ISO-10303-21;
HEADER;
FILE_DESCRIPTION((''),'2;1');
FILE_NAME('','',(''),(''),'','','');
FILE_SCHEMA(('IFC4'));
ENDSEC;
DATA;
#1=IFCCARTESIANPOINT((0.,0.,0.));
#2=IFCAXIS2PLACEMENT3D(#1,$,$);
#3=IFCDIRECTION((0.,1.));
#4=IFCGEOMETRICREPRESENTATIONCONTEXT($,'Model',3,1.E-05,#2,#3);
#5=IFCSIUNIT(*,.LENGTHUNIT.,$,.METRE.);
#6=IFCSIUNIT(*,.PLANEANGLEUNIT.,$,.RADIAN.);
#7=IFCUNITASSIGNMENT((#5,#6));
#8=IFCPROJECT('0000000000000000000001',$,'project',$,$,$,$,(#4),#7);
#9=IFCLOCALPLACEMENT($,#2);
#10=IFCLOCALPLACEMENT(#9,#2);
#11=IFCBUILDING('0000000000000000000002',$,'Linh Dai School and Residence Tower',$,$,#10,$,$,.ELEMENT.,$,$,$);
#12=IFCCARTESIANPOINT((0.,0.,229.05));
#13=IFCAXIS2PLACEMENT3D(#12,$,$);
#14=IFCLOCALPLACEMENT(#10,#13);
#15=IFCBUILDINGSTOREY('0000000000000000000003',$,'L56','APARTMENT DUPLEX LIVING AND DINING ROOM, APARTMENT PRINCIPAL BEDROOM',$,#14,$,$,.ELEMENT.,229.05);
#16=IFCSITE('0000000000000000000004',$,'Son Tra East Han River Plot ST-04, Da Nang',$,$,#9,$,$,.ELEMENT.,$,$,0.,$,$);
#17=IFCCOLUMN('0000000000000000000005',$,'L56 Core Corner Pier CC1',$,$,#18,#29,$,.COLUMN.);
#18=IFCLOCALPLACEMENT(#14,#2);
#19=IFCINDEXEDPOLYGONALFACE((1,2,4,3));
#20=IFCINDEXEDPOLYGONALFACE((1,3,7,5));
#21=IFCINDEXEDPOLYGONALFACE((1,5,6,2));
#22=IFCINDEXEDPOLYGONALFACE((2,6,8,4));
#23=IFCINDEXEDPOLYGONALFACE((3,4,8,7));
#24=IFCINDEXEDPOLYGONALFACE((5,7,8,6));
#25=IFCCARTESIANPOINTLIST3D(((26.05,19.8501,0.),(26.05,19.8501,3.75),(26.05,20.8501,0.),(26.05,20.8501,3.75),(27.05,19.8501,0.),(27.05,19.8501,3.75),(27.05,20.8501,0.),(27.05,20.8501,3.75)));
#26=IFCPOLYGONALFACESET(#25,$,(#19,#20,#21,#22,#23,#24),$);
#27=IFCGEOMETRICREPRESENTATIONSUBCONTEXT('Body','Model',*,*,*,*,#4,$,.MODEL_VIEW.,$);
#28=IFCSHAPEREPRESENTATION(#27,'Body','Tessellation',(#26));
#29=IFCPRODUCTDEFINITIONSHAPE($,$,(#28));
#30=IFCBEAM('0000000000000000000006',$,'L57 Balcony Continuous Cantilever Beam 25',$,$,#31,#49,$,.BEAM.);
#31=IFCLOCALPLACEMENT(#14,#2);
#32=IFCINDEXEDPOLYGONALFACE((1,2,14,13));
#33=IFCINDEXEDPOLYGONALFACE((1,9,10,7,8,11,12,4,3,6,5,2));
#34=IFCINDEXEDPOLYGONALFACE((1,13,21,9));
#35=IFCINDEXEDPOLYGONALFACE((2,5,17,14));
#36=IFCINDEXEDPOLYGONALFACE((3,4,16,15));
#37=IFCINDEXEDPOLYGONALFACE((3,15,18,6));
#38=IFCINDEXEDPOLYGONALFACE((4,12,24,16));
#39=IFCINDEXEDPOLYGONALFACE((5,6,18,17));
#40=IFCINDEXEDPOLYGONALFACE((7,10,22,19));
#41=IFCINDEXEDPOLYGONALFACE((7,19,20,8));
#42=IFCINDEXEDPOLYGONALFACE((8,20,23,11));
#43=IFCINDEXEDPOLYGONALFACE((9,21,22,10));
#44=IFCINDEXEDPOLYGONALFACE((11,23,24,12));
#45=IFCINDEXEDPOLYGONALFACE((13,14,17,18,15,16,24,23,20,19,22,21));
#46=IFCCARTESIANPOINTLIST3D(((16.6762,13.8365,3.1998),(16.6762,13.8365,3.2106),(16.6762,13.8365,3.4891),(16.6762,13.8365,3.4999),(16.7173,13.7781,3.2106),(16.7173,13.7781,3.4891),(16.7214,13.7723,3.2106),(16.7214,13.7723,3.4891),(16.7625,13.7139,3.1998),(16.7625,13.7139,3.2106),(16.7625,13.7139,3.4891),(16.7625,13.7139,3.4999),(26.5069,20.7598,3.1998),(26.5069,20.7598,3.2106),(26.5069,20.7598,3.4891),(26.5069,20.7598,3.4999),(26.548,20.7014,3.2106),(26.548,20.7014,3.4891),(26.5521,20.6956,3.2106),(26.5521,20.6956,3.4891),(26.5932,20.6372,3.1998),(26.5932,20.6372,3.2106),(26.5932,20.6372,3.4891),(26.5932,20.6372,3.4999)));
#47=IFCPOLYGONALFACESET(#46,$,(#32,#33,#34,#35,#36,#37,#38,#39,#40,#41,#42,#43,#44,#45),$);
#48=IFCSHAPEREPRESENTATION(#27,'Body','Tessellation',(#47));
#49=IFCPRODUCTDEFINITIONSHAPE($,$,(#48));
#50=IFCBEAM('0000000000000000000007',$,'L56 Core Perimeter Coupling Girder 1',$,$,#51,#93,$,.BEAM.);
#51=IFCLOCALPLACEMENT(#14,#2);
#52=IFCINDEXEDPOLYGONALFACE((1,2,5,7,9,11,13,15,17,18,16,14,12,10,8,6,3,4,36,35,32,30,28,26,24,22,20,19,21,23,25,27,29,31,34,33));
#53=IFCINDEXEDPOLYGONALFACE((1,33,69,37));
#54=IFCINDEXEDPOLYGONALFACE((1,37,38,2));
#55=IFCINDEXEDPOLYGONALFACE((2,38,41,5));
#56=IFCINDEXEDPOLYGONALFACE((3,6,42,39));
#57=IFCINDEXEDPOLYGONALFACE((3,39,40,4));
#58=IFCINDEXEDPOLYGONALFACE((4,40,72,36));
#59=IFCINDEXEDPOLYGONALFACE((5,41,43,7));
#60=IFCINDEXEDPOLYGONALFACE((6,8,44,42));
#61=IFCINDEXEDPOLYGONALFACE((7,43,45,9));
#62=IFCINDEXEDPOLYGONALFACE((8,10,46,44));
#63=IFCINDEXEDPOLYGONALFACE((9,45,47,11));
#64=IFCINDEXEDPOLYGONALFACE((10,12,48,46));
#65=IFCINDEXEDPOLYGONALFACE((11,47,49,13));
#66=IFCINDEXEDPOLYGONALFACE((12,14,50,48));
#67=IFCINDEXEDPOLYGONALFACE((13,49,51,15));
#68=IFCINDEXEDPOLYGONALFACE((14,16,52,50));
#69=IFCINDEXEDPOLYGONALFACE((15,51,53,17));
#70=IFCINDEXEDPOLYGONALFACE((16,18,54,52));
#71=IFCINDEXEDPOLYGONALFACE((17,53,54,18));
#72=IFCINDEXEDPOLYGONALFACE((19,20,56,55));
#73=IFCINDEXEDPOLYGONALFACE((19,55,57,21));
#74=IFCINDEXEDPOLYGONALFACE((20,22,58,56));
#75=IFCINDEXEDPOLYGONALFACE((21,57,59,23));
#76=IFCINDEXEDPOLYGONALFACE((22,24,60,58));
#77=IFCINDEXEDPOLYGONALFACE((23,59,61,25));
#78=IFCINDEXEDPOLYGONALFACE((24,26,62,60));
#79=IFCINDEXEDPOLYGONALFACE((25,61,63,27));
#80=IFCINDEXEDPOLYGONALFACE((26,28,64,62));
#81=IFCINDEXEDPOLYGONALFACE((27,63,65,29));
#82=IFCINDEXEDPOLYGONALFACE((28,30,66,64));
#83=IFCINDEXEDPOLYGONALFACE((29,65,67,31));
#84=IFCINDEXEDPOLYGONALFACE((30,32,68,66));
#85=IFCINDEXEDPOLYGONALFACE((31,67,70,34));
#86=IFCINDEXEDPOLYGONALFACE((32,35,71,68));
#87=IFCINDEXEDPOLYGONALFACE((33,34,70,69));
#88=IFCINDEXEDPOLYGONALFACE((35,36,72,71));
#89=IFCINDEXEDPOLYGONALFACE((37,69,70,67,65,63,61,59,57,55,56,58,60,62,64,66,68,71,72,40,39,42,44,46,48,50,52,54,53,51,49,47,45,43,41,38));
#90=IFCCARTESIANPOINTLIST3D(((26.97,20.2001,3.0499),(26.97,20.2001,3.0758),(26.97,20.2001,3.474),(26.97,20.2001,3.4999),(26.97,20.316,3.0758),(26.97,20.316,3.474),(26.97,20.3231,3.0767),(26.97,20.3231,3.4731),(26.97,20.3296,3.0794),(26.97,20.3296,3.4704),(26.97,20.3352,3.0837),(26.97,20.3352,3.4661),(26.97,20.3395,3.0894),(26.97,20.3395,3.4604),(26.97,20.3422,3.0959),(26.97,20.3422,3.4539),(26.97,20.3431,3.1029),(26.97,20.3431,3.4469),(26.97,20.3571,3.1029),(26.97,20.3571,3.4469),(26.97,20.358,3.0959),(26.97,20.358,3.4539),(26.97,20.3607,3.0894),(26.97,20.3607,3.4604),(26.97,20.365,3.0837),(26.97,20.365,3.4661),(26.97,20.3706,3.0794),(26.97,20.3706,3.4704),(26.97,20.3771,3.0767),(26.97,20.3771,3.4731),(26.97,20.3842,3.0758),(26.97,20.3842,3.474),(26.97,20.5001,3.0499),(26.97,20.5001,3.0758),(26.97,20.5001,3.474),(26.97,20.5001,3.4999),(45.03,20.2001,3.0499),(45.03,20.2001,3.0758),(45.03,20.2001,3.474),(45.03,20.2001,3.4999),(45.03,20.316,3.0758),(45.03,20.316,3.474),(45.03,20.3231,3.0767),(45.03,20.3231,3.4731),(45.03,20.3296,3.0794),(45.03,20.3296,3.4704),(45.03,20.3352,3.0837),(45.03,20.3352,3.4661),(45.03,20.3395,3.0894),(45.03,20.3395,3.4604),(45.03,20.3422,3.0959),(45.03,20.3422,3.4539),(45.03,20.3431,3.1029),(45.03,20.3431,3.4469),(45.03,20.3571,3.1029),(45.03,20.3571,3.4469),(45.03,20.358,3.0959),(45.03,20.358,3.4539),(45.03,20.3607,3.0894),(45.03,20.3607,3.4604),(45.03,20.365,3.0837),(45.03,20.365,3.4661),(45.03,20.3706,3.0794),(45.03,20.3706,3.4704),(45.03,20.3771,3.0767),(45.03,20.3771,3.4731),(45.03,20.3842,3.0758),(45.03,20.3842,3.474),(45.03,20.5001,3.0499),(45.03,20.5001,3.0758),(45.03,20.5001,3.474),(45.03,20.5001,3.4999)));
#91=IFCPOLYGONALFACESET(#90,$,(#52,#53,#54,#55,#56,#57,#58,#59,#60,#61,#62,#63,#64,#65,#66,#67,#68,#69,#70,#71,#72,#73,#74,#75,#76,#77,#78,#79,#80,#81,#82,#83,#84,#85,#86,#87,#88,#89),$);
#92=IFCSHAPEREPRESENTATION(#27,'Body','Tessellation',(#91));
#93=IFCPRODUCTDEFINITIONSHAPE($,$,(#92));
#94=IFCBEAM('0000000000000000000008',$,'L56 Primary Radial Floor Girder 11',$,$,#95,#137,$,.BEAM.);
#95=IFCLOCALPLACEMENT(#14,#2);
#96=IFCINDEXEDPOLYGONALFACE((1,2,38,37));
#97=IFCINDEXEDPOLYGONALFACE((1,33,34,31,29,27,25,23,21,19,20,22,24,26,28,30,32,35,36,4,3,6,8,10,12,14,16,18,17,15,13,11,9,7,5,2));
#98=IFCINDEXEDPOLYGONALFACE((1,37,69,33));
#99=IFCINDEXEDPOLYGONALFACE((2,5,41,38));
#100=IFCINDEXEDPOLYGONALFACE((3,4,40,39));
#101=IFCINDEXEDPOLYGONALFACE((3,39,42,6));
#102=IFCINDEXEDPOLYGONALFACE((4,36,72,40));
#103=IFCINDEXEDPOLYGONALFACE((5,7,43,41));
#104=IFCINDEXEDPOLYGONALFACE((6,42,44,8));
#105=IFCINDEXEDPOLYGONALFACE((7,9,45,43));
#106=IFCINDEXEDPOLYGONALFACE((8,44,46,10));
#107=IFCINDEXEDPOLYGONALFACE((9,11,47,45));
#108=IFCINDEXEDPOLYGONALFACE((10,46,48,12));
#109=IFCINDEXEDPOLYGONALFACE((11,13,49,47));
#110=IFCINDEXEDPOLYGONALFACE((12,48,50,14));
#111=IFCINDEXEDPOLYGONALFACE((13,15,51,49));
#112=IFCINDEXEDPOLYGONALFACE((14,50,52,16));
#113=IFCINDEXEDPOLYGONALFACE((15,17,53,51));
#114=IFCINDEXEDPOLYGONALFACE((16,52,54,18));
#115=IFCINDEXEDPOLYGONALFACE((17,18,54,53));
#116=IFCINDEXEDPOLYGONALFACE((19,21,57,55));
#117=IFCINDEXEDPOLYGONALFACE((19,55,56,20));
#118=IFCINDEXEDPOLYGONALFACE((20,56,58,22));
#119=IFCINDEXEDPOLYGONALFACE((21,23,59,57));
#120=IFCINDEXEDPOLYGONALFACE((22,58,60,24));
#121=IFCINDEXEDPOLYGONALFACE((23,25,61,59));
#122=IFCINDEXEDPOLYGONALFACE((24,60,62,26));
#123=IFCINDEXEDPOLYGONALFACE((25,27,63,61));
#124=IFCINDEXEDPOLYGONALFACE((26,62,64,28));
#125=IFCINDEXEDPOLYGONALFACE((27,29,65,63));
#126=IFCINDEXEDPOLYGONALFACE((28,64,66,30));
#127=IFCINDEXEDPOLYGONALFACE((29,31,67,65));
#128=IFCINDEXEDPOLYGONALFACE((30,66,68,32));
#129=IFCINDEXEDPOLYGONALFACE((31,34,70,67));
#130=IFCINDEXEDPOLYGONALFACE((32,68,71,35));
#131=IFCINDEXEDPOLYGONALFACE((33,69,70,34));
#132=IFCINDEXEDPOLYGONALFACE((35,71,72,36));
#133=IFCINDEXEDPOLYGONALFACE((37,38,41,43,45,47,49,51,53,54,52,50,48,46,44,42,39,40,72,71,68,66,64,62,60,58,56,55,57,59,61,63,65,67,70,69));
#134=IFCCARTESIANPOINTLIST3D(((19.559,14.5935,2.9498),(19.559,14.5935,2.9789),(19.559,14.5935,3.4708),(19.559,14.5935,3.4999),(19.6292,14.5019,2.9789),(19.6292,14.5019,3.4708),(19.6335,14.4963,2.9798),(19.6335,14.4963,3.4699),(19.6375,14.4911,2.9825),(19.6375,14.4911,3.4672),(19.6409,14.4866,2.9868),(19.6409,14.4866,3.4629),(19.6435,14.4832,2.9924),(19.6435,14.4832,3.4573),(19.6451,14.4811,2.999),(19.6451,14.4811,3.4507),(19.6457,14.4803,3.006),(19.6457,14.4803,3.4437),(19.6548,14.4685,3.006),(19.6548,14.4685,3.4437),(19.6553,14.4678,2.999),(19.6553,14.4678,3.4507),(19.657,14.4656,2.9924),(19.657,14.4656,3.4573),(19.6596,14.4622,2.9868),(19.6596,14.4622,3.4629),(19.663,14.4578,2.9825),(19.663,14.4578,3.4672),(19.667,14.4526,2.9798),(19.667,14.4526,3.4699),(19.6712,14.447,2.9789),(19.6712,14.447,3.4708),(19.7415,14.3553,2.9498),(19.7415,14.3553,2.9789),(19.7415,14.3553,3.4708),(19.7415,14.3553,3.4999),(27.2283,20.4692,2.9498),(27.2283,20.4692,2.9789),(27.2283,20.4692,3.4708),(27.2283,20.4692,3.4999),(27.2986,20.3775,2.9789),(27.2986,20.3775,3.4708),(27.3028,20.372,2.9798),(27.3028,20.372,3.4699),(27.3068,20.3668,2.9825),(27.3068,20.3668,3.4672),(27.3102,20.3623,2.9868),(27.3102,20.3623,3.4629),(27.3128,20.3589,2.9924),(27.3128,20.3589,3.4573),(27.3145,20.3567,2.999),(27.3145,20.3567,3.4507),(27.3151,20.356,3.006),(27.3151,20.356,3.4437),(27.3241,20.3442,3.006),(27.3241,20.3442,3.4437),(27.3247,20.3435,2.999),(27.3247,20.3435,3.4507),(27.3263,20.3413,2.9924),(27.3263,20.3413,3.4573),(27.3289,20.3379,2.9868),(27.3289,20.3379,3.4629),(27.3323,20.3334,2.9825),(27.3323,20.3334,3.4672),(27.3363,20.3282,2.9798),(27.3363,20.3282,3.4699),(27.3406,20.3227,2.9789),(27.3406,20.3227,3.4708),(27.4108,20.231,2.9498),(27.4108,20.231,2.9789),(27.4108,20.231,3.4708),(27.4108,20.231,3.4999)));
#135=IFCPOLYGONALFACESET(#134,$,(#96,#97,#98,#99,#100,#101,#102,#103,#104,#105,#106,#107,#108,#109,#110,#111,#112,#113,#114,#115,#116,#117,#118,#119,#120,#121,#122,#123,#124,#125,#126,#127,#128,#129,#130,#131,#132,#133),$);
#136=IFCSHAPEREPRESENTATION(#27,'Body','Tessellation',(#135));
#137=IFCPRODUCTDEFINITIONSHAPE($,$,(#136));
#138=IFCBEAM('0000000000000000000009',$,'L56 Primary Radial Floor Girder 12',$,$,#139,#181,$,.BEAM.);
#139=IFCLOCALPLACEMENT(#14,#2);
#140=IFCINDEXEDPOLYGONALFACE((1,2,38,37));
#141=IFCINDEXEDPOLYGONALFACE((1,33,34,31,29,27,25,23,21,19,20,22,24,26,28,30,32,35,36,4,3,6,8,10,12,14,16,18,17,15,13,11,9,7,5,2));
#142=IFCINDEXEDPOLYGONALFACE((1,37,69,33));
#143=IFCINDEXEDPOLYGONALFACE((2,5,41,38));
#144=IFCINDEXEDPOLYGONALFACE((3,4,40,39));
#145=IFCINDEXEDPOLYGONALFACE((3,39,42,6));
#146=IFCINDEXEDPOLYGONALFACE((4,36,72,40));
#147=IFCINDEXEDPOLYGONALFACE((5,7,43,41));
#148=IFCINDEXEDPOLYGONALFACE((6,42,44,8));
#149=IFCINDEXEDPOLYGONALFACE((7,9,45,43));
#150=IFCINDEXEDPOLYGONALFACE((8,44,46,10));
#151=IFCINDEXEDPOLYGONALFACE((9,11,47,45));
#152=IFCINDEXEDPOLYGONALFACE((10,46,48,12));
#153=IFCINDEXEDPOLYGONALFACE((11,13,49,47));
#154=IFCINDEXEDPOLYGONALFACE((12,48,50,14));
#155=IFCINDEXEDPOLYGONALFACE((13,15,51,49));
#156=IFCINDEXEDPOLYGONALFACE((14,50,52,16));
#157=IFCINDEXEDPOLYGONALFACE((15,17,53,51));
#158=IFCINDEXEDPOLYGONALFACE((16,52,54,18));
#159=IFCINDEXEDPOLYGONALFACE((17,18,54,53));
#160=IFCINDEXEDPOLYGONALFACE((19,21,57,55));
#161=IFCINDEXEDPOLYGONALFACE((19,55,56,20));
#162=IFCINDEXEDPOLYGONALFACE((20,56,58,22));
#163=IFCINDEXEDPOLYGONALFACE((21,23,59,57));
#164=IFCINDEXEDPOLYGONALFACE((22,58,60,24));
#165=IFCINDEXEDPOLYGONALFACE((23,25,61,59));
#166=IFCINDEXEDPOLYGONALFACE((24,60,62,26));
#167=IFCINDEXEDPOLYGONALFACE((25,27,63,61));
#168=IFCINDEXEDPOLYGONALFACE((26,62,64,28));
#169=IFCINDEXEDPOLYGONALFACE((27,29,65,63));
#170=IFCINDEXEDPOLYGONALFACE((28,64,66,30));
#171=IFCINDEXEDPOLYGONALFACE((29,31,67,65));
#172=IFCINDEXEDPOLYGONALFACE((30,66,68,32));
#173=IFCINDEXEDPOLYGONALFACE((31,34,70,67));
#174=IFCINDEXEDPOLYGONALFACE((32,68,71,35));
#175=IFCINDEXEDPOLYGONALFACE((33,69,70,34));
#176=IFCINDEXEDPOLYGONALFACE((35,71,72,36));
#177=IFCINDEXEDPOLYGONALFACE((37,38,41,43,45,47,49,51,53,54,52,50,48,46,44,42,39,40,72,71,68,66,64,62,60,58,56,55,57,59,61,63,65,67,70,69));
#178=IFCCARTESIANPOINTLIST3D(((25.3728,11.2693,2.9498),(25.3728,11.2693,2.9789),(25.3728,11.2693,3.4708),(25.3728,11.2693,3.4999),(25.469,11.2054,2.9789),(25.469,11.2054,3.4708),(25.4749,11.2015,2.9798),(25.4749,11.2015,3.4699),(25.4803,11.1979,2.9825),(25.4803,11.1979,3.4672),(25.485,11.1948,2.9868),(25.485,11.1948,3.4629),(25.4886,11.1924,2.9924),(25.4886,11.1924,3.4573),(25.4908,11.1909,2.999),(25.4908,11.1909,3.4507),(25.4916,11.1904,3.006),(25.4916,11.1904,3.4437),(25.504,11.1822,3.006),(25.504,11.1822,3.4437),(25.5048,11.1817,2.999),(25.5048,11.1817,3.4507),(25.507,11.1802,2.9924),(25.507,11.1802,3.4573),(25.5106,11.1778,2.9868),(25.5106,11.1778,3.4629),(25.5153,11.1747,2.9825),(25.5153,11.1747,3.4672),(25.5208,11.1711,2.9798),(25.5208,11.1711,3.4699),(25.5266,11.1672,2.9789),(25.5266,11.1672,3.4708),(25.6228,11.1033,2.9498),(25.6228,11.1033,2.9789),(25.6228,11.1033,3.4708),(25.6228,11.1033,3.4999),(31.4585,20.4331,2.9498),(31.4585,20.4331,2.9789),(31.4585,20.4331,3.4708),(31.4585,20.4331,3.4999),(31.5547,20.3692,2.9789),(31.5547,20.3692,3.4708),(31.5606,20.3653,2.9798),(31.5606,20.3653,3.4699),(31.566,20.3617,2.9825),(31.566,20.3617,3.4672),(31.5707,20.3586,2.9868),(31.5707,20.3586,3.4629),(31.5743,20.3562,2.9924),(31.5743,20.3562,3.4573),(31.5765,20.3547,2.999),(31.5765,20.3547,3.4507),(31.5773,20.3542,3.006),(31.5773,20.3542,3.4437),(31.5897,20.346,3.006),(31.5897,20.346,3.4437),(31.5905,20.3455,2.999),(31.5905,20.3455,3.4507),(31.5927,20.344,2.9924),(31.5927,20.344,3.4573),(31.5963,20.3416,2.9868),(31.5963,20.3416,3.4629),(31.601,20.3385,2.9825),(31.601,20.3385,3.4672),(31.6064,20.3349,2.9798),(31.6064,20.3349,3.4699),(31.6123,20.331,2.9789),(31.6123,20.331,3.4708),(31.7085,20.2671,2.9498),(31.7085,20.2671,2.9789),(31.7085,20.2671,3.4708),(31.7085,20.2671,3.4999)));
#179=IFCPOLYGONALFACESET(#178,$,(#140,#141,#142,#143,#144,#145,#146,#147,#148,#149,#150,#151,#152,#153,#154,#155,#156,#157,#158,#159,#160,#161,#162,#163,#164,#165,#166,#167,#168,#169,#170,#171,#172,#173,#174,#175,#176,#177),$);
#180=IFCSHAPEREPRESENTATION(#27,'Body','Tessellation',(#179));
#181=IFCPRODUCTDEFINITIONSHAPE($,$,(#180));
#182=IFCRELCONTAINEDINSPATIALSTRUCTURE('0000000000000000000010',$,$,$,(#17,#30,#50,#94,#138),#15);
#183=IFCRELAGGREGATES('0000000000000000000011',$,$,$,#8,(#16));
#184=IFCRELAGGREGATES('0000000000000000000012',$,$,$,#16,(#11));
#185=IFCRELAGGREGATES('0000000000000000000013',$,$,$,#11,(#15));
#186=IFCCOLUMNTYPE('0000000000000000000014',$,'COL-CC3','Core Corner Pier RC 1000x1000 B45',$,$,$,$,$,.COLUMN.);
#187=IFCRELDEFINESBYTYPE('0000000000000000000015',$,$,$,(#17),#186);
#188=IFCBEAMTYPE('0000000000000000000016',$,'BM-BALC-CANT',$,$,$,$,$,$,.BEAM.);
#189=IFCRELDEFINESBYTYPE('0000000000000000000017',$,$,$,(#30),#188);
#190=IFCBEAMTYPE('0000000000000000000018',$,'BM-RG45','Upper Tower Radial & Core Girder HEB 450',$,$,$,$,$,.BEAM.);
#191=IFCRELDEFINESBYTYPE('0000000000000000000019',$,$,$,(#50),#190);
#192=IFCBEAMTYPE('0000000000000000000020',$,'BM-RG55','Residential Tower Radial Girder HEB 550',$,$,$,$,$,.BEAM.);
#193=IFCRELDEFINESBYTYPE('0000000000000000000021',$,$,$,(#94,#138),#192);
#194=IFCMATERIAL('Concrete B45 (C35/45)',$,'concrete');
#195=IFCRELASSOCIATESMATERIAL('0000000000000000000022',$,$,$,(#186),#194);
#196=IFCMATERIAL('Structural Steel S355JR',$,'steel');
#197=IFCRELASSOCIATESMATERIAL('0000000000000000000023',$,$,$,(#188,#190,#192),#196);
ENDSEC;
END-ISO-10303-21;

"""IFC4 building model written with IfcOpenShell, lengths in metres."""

from ifc_helpers import new_model, si_unit, direction, frame, origin, origin_2d, place, context, subcontext, project, spatial, rectangle, i_section, extrude, material, material_profile, profile_set, type_object, element, save


model = new_model("IFC4")

# Units and contexts
model_context = context("Model", 3, precision=1e-05, world=origin(), true_north=direction((0.0, 1.0)))
body_context = subcontext(model_context, "Body", "Model", "MODEL_VIEW")
ifc_project = project(units=[si_unit("LENGTHUNIT", "METRE"), si_unit("PLANEANGLEUNIT", "RADIAN")], contexts=[model_context])

# Site, building, storey
site_placement = place(None, origin())
site = spatial("IfcSite", under=ifc_project, at=site_placement, Name="Son Tra East Han River Plot ST-04, Da Nang", CompositionType="ELEMENT", RefElevation=0.0)
building_placement = place(site_placement, origin())
building = spatial("IfcBuilding", under=site, at=building_placement, Name="Linh Dai School and Residence Tower", CompositionType="ELEMENT")
storey_placement = place(building_placement, frame((0.0, 0.0, 229.05)))
storey = spatial("IfcBuildingStorey", under=building, at=storey_placement, Name="L56", Description="APARTMENT DUPLEX LIVING AND DINING ROOM, APARTMENT PRINCIPAL BEDROOM", CompositionType="ELEMENT", Elevation=229.05)

# Column
ifc_material_1 = material(Name="Concrete B45 (C35/45)", Category="concrete")
ifc_material_profile_1 = material_profile(ifc_material_1, rectangle(XDim=1.0, YDim=1.0, at=origin_2d()), Name="RC 1000x1000")
ifc_profile_set_1 = profile_set([ifc_material_profile_1], Name="Concrete B45 (C35/45)")
column_type = type_object("IfcColumnType", Name="COL-CC3", Description="Core Corner Pier RC 1000x1000 B45", PredefinedType="COLUMN", material=ifc_profile_set_1)
column_placement = place(storey_placement, frame((26.55, 20.3501, 0.0), z_axis=(0.0, 0.0, 1.0), x_axis=(1.0, 0.0, 0.0)))
element("IfcColumn", 1, at=column_placement, inside=storey, type_object=column_type, Name="L56 Core Corner Pier CC1", PredefinedType="COLUMN", context=body_context, shape_type="SweptSolid", body=[
    extrude(rectangle(XDim=1.0, YDim=1.0, at=origin_2d()), origin(), (0.0, 0.0, 1.0), 3.75),
])

# Beams
ifc_material_2 = material(Name="Structural Steel S355JR", Category="steel")
ifc_material_profile_2 = material_profile(ifc_material_2, i_section(OverallWidth=0.1499, OverallDepth=0.3, WebThickness=0.0071, FlangeThickness=0.0107, at=origin_2d()), Name="IPE 300")
ifc_profile_set_2 = profile_set([ifc_material_profile_2], Name="Structural Steel S355JR")
beam_type_1 = type_object("IfcBeamType", Name="BM-BALC-CANT", PredefinedType="BEAM", material=ifc_profile_set_2)
beam_1_placement = place(storey_placement, frame((26.55, 20.6985, 3.3499), z_axis=(-0.817596, -0.575792, 0.0), x_axis=(0.575792, -0.817596, 0.0)))
element("IfcBeam", 2, at=beam_1_placement, inside=storey, type_object=beam_type_1, Name="L57 Balcony Continuous Cantilever Beam 25", PredefinedType="BEAM", context=body_context, shape_type="SweptSolid", body=[
    extrude(i_section(OverallWidth=0.1499, OverallDepth=0.3, WebThickness=0.0071, FlangeThickness=0.0107, at=origin_2d()), origin(), (0.0, 0.0, 1.0), 12.0239),
])
ifc_material_profile_3 = material_profile(ifc_material_2, i_section(OverallWidth=0.3, OverallDepth=0.45, WebThickness=0.0139, FlangeThickness=0.0259, FilletRadius=0.0271, at=origin_2d()), Name="HEB 450")
ifc_profile_set_3 = profile_set([ifc_material_profile_3], Name="Structural Steel S355JR")
beam_type_2 = type_object("IfcBeamType", Name="BM-RG45", Description="Upper Tower Radial & Core Girder HEB 450", PredefinedType="BEAM", material=ifc_profile_set_3)
beam_2_placement = place(storey_placement, frame((26.97, 20.3501, 3.2749), z_axis=(1.0, 0.0, 0.0), x_axis=(0.0, 1.0, 0.0)))
element("IfcBeam", 3, at=beam_2_placement, inside=storey, type_object=beam_type_2, Name="L56 Core Perimeter Coupling Girder 1", PredefinedType="BEAM", context=body_context, shape_type="SweptSolid", body=[
    extrude(i_section(OverallWidth=0.3, OverallDepth=0.45, WebThickness=0.0139, FlangeThickness=0.0259, FilletRadius=0.0271, at=origin_2d()), origin(), (0.0, 0.0, 1.0), 18.0601),
])
ifc_material_profile_4 = material_profile(ifc_material_2, i_section(OverallWidth=0.3, OverallDepth=0.55, WebThickness=0.0149, FlangeThickness=0.0291, FilletRadius=0.0271, at=origin_2d()), Name="HEB 550")
ifc_profile_set_4 = profile_set([ifc_material_profile_4], Name="Structural Steel S355JR")
beam_type_3 = type_object("IfcBeamType", Name="BM-RG55", Description="Residential Tower Radial Girder HEB 550", PredefinedType="BEAM", material=ifc_profile_set_4)
beam_3_placement = place(storey_placement, frame((27.3196, 20.3501, 3.2249), z_axis=(-0.793815, -0.60816, 0.0), x_axis=(0.60816, -0.793815, 0.0)))
element("IfcBeam", 4, at=beam_3_placement, inside=storey, type_object=beam_type_3, Name="L56 Primary Radial Floor Girder 11", PredefinedType="BEAM", context=body_context, shape_type="SweptSolid", body=[
    extrude(i_section(OverallWidth=0.3, OverallDepth=0.55, WebThickness=0.0149, FlangeThickness=0.0291, FilletRadius=0.0271, at=origin_2d()), origin(), (0.0, 0.0, 1.0), 9.6614),
])
beam_4_placement = place(storey_placement, frame((31.5835, 20.3501, 3.2249), z_axis=(-0.553219, -0.833036, 0.0), x_axis=(0.833036, -0.553219, 0.0)))
element("IfcBeam", 5, at=beam_4_placement, inside=storey, type_object=beam_type_3, Name="L56 Primary Radial Floor Girder 12", PredefinedType="BEAM", context=body_context, shape_type="SweptSolid", body=[
    extrude(i_section(OverallWidth=0.3, OverallDepth=0.55, WebThickness=0.0149, FlangeThickness=0.0291, FilletRadius=0.0271, at=origin_2d()), origin(), (0.0, 0.0, 1.0), 11.0005),
])

save(model, "model.ifc")
